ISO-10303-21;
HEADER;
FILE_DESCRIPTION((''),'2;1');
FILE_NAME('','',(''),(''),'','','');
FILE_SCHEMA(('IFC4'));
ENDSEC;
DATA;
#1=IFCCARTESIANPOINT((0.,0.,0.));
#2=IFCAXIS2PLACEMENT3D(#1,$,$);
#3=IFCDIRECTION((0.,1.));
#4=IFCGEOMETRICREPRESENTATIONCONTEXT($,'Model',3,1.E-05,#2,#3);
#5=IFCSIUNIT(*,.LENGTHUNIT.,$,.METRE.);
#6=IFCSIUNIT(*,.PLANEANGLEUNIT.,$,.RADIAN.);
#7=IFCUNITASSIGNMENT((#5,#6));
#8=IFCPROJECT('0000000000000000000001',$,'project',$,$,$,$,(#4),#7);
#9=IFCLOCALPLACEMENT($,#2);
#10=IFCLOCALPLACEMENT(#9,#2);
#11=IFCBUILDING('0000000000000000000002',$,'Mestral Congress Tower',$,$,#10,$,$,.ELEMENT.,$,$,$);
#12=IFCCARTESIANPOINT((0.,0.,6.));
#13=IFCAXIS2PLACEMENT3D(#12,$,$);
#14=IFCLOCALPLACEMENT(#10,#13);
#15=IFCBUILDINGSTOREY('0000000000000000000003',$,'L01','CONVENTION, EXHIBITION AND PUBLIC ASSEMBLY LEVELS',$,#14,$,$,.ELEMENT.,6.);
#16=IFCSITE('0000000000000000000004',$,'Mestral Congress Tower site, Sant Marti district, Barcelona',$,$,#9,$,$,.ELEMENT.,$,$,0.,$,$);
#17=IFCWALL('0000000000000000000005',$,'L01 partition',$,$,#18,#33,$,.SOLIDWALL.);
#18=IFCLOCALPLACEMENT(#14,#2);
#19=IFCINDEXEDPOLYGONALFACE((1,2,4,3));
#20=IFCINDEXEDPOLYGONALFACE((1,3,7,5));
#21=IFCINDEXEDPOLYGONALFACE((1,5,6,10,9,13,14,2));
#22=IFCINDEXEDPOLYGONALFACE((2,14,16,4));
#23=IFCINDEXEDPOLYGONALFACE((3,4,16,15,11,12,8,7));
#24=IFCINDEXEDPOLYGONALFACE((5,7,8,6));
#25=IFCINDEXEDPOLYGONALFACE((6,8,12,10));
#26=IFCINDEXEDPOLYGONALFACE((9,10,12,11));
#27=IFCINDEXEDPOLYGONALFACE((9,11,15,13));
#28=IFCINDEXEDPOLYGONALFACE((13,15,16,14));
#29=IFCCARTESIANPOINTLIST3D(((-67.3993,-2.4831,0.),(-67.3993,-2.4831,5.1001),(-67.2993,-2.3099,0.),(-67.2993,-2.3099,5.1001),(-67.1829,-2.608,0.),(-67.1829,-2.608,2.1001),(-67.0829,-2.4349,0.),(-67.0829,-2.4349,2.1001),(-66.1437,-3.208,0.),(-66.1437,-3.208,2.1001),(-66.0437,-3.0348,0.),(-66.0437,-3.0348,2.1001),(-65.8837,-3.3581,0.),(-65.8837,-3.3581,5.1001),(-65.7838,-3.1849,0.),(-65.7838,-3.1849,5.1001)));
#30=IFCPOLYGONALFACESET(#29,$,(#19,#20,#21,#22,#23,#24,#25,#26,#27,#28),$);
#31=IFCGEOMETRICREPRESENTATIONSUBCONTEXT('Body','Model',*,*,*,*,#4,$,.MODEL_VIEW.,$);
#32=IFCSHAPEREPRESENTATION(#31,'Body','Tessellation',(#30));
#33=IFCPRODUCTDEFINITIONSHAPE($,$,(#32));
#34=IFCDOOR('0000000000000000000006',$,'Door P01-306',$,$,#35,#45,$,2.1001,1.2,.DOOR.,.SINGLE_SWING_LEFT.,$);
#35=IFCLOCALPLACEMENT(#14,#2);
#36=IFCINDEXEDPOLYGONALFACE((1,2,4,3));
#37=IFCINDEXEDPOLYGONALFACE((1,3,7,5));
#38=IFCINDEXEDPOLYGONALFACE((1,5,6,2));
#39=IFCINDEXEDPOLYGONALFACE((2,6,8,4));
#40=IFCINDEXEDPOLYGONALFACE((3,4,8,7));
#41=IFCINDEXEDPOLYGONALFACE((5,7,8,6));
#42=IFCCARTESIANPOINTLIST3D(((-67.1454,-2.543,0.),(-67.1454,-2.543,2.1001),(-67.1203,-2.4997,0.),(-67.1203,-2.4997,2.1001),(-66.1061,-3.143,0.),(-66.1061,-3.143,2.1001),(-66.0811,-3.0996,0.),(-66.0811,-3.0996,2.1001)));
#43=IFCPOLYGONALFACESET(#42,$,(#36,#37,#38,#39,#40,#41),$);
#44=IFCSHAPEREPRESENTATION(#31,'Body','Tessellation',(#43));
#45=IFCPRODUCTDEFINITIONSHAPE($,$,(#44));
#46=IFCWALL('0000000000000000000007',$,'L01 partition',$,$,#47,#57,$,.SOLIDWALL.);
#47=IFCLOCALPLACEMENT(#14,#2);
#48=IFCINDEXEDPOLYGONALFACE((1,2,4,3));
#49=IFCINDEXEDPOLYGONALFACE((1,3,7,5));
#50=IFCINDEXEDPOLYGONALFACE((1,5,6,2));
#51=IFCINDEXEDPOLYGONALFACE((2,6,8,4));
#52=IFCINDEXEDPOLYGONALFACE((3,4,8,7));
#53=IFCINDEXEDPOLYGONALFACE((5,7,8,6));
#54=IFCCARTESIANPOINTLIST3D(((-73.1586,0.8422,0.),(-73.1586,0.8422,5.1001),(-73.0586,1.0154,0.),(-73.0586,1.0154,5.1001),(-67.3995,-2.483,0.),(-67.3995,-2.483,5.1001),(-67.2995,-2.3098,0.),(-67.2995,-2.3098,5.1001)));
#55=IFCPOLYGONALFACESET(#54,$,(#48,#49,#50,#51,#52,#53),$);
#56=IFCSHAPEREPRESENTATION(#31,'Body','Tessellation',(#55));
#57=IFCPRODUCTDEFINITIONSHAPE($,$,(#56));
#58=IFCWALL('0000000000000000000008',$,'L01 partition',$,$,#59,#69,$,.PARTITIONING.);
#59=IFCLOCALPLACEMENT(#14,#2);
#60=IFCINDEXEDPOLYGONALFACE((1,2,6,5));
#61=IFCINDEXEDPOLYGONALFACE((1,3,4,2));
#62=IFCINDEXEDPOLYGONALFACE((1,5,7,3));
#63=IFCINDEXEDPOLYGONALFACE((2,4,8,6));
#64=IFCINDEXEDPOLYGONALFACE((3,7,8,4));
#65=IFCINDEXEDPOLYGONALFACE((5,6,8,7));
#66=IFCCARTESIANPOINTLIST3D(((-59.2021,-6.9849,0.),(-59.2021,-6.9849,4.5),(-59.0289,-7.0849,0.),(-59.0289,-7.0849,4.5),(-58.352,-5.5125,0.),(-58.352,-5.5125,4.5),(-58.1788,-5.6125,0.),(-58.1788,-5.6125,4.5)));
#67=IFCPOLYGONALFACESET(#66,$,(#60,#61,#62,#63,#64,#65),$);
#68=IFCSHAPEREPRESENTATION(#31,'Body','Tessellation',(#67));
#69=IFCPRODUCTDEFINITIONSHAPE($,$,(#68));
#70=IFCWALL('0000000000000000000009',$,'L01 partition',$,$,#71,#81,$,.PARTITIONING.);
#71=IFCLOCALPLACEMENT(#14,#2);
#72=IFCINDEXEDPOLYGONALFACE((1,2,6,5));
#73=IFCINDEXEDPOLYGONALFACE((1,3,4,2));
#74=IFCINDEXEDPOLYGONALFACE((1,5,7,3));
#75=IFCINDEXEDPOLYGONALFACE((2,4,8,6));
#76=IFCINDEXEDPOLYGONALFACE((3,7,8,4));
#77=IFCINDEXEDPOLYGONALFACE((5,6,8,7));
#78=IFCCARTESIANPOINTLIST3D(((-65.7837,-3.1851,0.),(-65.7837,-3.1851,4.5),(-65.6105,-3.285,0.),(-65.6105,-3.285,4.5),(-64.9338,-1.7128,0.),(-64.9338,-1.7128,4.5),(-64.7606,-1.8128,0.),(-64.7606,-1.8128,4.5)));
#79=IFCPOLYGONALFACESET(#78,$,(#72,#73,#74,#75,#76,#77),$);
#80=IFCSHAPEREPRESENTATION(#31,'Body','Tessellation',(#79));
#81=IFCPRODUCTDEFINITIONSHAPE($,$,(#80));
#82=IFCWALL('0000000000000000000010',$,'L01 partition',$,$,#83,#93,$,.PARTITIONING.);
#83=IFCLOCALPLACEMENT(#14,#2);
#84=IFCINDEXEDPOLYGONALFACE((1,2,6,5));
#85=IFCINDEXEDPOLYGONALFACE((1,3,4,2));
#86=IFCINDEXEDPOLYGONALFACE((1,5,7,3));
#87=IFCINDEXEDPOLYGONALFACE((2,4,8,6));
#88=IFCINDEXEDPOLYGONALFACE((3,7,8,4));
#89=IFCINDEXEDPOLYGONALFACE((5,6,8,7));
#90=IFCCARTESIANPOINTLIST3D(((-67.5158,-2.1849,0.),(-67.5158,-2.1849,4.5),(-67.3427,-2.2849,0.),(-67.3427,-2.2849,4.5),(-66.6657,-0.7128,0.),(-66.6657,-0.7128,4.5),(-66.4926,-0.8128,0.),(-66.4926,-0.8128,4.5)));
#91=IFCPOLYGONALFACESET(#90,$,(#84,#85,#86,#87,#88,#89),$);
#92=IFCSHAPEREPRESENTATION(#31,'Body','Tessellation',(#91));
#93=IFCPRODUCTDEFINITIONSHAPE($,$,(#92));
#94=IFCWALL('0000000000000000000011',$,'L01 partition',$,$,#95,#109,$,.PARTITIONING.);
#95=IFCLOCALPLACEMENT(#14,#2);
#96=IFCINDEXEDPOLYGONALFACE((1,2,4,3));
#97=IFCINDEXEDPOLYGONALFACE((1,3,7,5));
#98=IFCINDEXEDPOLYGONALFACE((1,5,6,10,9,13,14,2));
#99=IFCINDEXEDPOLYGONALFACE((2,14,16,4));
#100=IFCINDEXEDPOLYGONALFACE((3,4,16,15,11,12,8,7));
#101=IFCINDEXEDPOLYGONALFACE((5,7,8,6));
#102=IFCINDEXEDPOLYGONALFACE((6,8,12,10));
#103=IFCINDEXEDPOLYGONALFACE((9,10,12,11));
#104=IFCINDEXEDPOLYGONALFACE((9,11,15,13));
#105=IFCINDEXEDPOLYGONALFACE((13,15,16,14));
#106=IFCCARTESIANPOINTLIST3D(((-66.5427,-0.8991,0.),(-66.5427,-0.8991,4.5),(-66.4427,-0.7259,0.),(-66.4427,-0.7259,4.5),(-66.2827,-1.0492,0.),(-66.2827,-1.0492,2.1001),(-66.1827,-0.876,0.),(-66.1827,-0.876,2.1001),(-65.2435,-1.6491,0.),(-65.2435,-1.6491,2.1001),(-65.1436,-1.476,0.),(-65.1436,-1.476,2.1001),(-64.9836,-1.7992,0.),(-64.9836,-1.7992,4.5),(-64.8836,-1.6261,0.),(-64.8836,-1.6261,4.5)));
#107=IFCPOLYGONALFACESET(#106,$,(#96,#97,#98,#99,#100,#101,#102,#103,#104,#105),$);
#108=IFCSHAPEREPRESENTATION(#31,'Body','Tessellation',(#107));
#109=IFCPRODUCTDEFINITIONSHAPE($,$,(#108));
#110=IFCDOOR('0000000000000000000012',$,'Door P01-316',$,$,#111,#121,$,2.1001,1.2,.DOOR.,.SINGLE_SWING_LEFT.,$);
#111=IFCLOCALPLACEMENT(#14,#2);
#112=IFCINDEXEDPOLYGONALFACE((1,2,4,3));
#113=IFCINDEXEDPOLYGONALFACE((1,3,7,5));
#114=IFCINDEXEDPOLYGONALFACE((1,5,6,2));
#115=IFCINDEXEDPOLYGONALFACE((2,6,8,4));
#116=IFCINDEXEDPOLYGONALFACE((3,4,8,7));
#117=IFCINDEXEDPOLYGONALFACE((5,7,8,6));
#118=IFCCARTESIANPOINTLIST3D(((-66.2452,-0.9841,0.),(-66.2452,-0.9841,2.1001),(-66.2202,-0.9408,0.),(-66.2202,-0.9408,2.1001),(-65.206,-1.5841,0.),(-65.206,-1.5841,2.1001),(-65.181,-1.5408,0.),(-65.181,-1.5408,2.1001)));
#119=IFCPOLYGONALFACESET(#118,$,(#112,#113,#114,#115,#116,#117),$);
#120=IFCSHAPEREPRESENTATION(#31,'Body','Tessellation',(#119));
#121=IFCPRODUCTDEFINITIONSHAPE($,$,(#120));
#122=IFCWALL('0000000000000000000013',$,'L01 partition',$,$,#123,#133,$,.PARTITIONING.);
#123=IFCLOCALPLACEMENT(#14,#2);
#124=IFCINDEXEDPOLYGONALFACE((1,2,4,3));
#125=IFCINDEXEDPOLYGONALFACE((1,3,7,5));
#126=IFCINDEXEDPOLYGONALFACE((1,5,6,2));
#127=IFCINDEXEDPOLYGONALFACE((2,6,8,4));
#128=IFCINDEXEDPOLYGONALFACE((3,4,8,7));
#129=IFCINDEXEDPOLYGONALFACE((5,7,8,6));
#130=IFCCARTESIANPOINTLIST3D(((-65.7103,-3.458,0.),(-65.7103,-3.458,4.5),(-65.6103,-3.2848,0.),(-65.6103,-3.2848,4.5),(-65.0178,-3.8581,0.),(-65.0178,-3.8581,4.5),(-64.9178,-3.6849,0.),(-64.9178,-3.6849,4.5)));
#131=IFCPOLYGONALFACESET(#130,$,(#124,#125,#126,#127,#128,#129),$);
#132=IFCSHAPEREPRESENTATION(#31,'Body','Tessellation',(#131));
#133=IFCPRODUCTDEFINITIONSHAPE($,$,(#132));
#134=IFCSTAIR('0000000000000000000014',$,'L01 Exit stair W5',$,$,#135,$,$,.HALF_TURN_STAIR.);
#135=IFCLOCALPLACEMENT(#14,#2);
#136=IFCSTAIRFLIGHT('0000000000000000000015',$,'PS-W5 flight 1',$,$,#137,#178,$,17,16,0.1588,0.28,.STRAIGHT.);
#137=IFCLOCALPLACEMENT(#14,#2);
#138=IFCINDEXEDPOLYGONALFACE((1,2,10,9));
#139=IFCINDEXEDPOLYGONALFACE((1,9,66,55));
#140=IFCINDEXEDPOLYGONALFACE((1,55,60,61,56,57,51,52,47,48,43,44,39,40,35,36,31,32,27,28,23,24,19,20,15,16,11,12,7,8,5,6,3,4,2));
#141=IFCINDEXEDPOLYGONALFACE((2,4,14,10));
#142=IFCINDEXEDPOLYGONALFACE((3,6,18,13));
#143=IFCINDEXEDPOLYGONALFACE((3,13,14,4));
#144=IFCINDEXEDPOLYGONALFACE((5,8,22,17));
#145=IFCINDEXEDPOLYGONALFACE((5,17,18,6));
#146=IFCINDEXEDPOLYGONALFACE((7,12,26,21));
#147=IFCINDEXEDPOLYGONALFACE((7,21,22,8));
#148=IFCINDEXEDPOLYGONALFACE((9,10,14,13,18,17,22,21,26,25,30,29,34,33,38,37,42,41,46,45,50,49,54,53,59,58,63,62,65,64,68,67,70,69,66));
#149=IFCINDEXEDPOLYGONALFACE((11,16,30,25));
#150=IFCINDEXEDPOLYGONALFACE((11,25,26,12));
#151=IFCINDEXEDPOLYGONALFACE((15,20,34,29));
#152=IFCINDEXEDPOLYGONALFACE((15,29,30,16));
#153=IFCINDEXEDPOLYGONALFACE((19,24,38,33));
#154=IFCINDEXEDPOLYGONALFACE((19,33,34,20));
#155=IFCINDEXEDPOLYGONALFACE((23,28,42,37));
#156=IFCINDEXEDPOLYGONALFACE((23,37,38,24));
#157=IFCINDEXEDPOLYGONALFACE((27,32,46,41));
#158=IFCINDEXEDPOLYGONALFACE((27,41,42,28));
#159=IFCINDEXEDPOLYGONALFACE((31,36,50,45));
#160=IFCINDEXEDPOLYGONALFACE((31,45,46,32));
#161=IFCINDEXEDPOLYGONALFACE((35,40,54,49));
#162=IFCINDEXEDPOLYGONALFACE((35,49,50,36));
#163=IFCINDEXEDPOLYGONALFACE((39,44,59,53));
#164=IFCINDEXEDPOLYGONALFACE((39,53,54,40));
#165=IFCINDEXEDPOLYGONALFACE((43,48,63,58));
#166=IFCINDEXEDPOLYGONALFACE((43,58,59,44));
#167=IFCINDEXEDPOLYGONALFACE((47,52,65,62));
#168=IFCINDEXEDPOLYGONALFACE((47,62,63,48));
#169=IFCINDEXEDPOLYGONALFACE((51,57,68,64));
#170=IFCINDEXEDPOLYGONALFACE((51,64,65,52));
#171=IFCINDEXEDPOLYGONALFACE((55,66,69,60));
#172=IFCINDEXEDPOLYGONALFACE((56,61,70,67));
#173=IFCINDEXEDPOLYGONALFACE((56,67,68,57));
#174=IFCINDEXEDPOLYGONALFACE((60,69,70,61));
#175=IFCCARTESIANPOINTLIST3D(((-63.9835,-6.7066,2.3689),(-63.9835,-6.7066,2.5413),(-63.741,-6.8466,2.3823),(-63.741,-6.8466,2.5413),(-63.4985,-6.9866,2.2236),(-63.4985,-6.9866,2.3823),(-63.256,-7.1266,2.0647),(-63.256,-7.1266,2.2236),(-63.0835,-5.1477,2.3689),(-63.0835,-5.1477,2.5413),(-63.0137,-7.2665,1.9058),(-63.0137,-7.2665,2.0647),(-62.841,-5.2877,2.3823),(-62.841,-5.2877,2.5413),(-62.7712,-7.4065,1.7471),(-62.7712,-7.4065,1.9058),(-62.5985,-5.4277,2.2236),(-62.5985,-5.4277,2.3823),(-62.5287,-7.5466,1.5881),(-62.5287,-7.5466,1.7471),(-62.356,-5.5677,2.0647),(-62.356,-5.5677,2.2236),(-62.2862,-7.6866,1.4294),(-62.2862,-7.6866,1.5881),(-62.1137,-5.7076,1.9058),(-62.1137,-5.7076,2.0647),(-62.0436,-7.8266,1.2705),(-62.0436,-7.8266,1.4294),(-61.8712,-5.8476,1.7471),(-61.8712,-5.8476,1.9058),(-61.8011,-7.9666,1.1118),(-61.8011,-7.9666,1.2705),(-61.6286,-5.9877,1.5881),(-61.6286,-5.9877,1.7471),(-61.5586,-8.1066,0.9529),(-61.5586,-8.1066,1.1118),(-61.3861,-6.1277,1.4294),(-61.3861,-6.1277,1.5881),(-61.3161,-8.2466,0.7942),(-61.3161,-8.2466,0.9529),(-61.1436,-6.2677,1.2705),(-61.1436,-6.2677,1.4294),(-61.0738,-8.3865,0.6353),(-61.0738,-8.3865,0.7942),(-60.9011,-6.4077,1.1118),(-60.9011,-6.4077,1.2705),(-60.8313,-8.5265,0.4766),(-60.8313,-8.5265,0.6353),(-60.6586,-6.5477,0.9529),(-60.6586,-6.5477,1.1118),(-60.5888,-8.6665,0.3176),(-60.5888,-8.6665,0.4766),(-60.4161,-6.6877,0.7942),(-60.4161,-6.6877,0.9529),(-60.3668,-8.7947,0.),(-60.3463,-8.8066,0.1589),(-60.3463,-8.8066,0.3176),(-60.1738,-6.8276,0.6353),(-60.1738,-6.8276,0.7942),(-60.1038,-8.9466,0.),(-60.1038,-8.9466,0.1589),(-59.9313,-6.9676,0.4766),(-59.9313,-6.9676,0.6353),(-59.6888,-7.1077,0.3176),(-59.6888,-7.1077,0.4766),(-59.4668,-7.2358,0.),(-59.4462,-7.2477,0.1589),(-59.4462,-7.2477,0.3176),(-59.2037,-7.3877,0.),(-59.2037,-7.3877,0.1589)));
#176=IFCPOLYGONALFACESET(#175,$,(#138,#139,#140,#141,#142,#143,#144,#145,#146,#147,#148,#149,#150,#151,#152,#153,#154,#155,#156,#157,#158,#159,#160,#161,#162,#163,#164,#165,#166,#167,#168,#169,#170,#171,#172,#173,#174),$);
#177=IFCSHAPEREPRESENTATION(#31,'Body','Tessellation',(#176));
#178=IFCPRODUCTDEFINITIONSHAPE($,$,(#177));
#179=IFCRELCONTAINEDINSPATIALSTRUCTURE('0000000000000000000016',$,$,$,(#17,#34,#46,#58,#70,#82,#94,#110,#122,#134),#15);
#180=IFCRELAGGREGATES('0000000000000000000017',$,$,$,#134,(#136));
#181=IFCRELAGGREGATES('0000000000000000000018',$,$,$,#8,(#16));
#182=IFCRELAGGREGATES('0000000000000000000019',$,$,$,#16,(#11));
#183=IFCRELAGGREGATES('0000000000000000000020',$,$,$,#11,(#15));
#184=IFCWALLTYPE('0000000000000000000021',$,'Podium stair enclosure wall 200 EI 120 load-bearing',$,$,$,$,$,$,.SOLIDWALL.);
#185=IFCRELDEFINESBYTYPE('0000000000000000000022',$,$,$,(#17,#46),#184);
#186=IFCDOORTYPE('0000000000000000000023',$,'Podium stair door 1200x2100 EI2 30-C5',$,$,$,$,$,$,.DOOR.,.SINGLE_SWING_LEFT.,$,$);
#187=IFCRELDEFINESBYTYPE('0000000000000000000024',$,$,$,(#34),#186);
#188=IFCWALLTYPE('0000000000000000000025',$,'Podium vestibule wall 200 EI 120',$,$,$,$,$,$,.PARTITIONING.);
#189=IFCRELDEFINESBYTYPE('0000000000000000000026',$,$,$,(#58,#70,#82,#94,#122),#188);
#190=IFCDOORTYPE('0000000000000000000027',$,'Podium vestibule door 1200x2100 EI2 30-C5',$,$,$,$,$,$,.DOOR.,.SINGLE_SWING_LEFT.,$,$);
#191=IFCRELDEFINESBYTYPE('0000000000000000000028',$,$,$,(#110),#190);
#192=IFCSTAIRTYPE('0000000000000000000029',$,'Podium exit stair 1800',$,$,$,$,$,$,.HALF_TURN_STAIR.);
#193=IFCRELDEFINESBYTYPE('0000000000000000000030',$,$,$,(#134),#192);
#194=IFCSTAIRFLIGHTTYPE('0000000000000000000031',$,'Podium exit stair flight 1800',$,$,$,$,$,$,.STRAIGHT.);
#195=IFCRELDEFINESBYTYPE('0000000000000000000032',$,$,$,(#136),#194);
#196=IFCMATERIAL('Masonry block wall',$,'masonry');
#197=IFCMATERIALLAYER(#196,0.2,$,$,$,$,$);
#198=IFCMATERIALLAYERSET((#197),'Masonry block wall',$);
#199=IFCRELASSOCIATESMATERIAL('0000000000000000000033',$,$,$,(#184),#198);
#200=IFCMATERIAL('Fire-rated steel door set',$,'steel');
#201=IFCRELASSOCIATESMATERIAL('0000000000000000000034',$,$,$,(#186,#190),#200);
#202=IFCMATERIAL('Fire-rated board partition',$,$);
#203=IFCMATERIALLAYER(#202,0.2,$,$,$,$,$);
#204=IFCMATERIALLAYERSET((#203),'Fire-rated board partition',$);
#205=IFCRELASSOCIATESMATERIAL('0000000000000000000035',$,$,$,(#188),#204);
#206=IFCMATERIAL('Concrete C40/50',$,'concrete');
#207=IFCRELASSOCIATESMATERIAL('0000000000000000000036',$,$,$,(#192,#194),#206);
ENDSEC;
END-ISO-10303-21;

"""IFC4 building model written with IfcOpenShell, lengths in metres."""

from ifc_helpers import new_model, si_unit, direction, frame, frame_2d, origin, place, context, subcontext, project, spatial, polyline, rectangle, outline, extrude, material, layer, layer_set, type_object, element, fill, aggregate, save


model = new_model("IFC4")

# Units and contexts
model_context = context("Model", 3, precision=1e-05, world=origin(), true_north=direction((0.0, 1.0)))
body_context = subcontext(model_context, "Body", "Model", "MODEL_VIEW")
ifc_project = project(units=[si_unit("LENGTHUNIT", "METRE"), si_unit("PLANEANGLEUNIT", "RADIAN")], contexts=[model_context])

# Site, building, storey
site_placement = place(None, origin())
site = spatial("IfcSite", under=ifc_project, at=site_placement, Name="Mestral Congress Tower site, Sant Marti district, Barcelona", CompositionType="ELEMENT", RefElevation=0.0)
building_placement = place(site_placement, origin())
building = spatial("IfcBuilding", under=site, at=building_placement, Name="Mestral Congress Tower", CompositionType="ELEMENT")
storey_placement = place(building_placement, frame((0.0, 0.0, 6.0)))
storey = spatial("IfcBuildingStorey", under=building, at=storey_placement, Name="L01", Description="CONVENTION, EXHIBITION AND PUBLIC ASSEMBLY LEVELS", CompositionType="ELEMENT", Elevation=6.0)

# Shared definitions
ifc_material_1 = material(Name="Masonry block wall", Category="masonry")
ifc_layer_1 = layer(ifc_material_1, 0.2)
ifc_layer_set_1 = layer_set([ifc_layer_1], Name="Masonry block wall")
wall_type_1 = type_object("IfcWallType", Name="Podium stair enclosure wall 200 EI 120 load-bearing", PredefinedType="SOLIDWALL", material=ifc_layer_set_1)

# Wall, opening, door
wall_1_placement = place(storey_placement, frame((-65.8337, -3.2715, 0.0), z_axis=(0.0, 0.0, 1.0), x_axis=(-0.866037, 0.49998, 0.0)))
wall_1 = element("IfcWall", 1, at=wall_1_placement, inside=storey, type_object=wall_type_1, Name="L01 partition", PredefinedType="SOLIDWALL", context=body_context, shape_type="SweptSolid", body=[
    extrude(rectangle(XDim=1.75, YDim=0.2, at=frame_2d((0.875, 0.0))), origin(), (0.0, 0.0, 1.0), 5.1001),
])
opening_1_placement = place(wall_1_placement, frame((0.3, 0.0, 0.0)))
opening_1 = element("IfcOpeningElement", 2, at=opening_1_placement, cuts=wall_1, PredefinedType="OPENING", context=body_context, shape_type="SweptSolid", body=[
    extrude(rectangle(XDim=1.2, YDim=2.1001, at=frame_2d((0.6001, 1.05))), frame((0.0, 0.1099, 0.0), z_axis=(0.0, -1.0, 0.0), x_axis=(1.0, 0.0, 0.0)), (0.0, 0.0, 1.0), 0.22),
])
ifc_material_2 = material(Name="Fire-rated steel door set", Category="steel")
door_type_1 = type_object("IfcDoorType", Name="Podium stair door 1200x2100 EI2 30-C5", OperationType="SINGLE_SWING_LEFT", PredefinedType="DOOR", material=ifc_material_2)
door_1_placement = place(opening_1_placement, origin())
door_1 = element("IfcDoor", 3, at=door_1_placement, inside=storey, type_object=door_type_1, Name="Door P01-306", OperationType="SINGLE_SWING_LEFT", OverallHeight=2.1001, OverallWidth=1.2, PredefinedType="DOOR", context=body_context, shape_type="SweptSolid", body=[
    extrude(rectangle(XDim=1.2, YDim=2.1001, at=frame_2d((0.6001, 1.05))), frame((0.0, 0.0249, 0.0), z_axis=(0.0, -1.0, 0.0), x_axis=(1.0, 0.0, 0.0)), (0.0, 0.0, 1.0), 0.05),
])
fill(opening_1, door_1)

# Walls
wall_2_placement = place(storey_placement, frame((-67.3494, -2.3965, 0.0), z_axis=(0.0, 0.0, 1.0), x_axis=(-0.866011, 0.500024, 0.0)))
element("IfcWall", 4, at=wall_2_placement, inside=storey, type_object=wall_type_1, Name="L01 partition", PredefinedType="SOLIDWALL", context=body_context, shape_type="SweptSolid", body=[
    extrude(rectangle(XDim=6.6501, YDim=0.2, at=frame_2d((3.3252, 0.0))), origin(), (0.0, 0.0, 1.0), 5.1001),
])
ifc_material_3 = material(Name="Fire-rated board partition")
ifc_layer_2 = layer(ifc_material_3, 0.2)
ifc_layer_set_2 = layer_set([ifc_layer_2], Name="Fire-rated board partition")
wall_type_2 = type_object("IfcWallType", Name="Podium vestibule wall 200 EI 120", PredefinedType="PARTITIONING", material=ifc_layer_set_2)
wall_3_placement = place(storey_placement, frame((-58.2654, -5.5625, 0.0), z_axis=(0.0, 0.0, 1.0), x_axis=(-0.5, -0.866025, 0.0)))
element("IfcWall", 5, at=wall_3_placement, inside=storey, type_object=wall_type_2, Name="L01 partition", PredefinedType="PARTITIONING", context=body_context, shape_type="SweptSolid", body=[
    extrude(rectangle(XDim=1.7002, YDim=0.2, at=frame_2d((0.8501, 0.0))), origin(), (0.0, 0.0, 1.0), 4.5),
])
for number, where, z_axis, x_axis, name in (
    (6, (-64.8472, -1.7627, 0.0), (0.0, 0.0, 1.0), (-0.499955, -0.866052, 0.0), "L01 partition"),
    (7, (-66.5791, -0.7627, 0.0), (0.0, 0.0, 1.0), (-0.500062, -0.865989, 0.0), "L01 partition"),
):
    element("IfcWall", number, at=place(storey_placement, frame(where, z_axis=z_axis, x_axis=x_axis)), inside=storey, type_object=wall_type_2, Name=name, PredefinedType="PARTITIONING", context=body_context, shape_type="SweptSolid", body=[
        extrude(rectangle(XDim=1.7, YDim=0.2, at=frame_2d((0.8501, 0.0))), origin(), (0.0, 0.0, 1.0), 4.5),
    ])

# Wall, opening, door
wall_4_placement = place(storey_placement, frame((-64.9336, -1.7126, 0.0), z_axis=(0.0, 0.0, 1.0), x_axis=(-0.866023, 0.500004, 0.0)))
wall_4 = element("IfcWall", 8, at=wall_4_placement, inside=storey, type_object=wall_type_2, Name="L01 partition", PredefinedType="PARTITIONING", context=body_context, shape_type="SweptSolid", body=[
    extrude(rectangle(XDim=1.8003, YDim=0.2, at=frame_2d((0.9001, 0.0))), origin(), (0.0, 0.0, 1.0), 4.5),
])
opening_2_placement = place(wall_4_placement, frame((0.3, 0.0, 0.0)))
opening_2 = element("IfcOpeningElement", 9, at=opening_2_placement, cuts=wall_4, PredefinedType="OPENING", context=body_context, shape_type="SweptSolid", body=[
    extrude(rectangle(XDim=1.2, YDim=2.1001, at=frame_2d((0.6001, 1.05))), frame((0.0, 0.1099, 0.0), z_axis=(0.0, -1.0, 0.0), x_axis=(1.0, 0.0, 0.0)), (0.0, 0.0, 1.0), 0.22),
])
door_type_2 = type_object("IfcDoorType", Name="Podium vestibule door 1200x2100 EI2 30-C5", OperationType="SINGLE_SWING_LEFT", PredefinedType="DOOR", material=ifc_material_2)
door_2_placement = place(opening_2_placement, origin())
door_2 = element("IfcDoor", 10, at=door_2_placement, inside=storey, type_object=door_type_2, Name="Door P01-316", OperationType="SINGLE_SWING_LEFT", OverallHeight=2.1001, OverallWidth=1.2, PredefinedType="DOOR", context=body_context, shape_type="SweptSolid", body=[
    extrude(rectangle(XDim=1.2, YDim=2.1001, at=frame_2d((0.6001, 1.05))), frame((0.0, 0.0249, 0.0), z_axis=(0.0, -1.0, 0.0), x_axis=(1.0, 0.0, 0.0)), (0.0, 0.0, 1.0), 0.05),
])
fill(opening_2, door_2)

# Wall
wall_5_placement = place(storey_placement, frame((-64.9678, -3.7715, 0.0), z_axis=(0.0, 0.0, 1.0), x_axis=(-0.865886, 0.500242, 0.0)))
element("IfcWall", 11, at=wall_5_placement, inside=storey, type_object=wall_type_2, Name="L01 partition", PredefinedType="PARTITIONING", context=body_context, shape_type="SweptSolid", body=[
    extrude(rectangle(XDim=0.7998, YDim=0.2, at=frame_2d((0.3999, 0.0))), origin(), (0.0, 0.0, 1.0), 4.5),
])

# Stair, stair flight
ifc_material_4 = material(Name="Concrete C40/50", Category="concrete")
stair_type = type_object("IfcStairType", Name="Podium exit stair 1800", PredefinedType="HALF_TURN_STAIR", material=ifc_material_4)
stair_placement = place(storey_placement, origin())
stair = element("IfcStair", 12, at=stair_placement, inside=storey, type_object=stair_type, Name="L01 Exit stair W5", PredefinedType="HALF_TURN_STAIR")
stair_flight_type = type_object("IfcStairFlightType", Name="Podium exit stair flight 1800", PredefinedType="STRAIGHT", material=ifc_material_4)
stair_flight_1_placement = place(storey_placement, frame((-59.6538, -8.1672, 0.0), z_axis=(0.0, 0.0, 1.0), x_axis=(-0.866025, 0.5, 0.0)))
stair_flight_1 = element("IfcStairFlight", 13, at=stair_flight_1_placement, type_object=stair_flight_type, Name="PS-W5 flight 1", NumberOfRisers=17, NumberOfTreads=16, PredefinedType="STRAIGHT", RiserHeight=0.1588, TreadLength=0.28, context=body_context, shape_type="SweptSolid", body=[
    extrude(outline(polyline([(0.0, 0.0), (0.0, 0.1589), (0.28, 0.1589), (0.28, 0.3176), (0.5601, 0.3176), (0.5601, 0.4766), (0.8401, 0.4766), (0.8401, 0.6353), (1.1201, 0.6353), (1.1201, 0.7942), (1.3999, 0.7942), (1.3999, 0.9529), (1.6799, 0.9529), (1.6799, 1.1118), (1.96, 1.1118), (1.96, 1.2705), (2.24, 1.2705), (2.24, 1.4294), (2.52, 1.4294), (2.52, 1.5881), (2.8, 1.5881), (2.8, 1.7471), (3.0801, 1.7471), (3.0801, 1.9058), (3.3601, 1.9058), (3.3601, 2.0647), (3.6399, 2.0647), (3.6399, 2.2236), (3.9199, 2.2236), (3.9199, 2.3823), (4.2, 2.3823), (4.2, 2.5413), (4.48, 2.5413), (4.48, 2.7), (4.48, 2.3689), (0.3037, 0.0), (0.0, 0.0)])), frame((0.0, 0.8999, 0.0), z_axis=(0.0, -1.0, 0.0), x_axis=(1.0, 0.0, 0.0)), (0.0, 0.0, 1.0), 1.8),
])
aggregate(stair, [stair_flight_1])

save(model, "model.ifc")
